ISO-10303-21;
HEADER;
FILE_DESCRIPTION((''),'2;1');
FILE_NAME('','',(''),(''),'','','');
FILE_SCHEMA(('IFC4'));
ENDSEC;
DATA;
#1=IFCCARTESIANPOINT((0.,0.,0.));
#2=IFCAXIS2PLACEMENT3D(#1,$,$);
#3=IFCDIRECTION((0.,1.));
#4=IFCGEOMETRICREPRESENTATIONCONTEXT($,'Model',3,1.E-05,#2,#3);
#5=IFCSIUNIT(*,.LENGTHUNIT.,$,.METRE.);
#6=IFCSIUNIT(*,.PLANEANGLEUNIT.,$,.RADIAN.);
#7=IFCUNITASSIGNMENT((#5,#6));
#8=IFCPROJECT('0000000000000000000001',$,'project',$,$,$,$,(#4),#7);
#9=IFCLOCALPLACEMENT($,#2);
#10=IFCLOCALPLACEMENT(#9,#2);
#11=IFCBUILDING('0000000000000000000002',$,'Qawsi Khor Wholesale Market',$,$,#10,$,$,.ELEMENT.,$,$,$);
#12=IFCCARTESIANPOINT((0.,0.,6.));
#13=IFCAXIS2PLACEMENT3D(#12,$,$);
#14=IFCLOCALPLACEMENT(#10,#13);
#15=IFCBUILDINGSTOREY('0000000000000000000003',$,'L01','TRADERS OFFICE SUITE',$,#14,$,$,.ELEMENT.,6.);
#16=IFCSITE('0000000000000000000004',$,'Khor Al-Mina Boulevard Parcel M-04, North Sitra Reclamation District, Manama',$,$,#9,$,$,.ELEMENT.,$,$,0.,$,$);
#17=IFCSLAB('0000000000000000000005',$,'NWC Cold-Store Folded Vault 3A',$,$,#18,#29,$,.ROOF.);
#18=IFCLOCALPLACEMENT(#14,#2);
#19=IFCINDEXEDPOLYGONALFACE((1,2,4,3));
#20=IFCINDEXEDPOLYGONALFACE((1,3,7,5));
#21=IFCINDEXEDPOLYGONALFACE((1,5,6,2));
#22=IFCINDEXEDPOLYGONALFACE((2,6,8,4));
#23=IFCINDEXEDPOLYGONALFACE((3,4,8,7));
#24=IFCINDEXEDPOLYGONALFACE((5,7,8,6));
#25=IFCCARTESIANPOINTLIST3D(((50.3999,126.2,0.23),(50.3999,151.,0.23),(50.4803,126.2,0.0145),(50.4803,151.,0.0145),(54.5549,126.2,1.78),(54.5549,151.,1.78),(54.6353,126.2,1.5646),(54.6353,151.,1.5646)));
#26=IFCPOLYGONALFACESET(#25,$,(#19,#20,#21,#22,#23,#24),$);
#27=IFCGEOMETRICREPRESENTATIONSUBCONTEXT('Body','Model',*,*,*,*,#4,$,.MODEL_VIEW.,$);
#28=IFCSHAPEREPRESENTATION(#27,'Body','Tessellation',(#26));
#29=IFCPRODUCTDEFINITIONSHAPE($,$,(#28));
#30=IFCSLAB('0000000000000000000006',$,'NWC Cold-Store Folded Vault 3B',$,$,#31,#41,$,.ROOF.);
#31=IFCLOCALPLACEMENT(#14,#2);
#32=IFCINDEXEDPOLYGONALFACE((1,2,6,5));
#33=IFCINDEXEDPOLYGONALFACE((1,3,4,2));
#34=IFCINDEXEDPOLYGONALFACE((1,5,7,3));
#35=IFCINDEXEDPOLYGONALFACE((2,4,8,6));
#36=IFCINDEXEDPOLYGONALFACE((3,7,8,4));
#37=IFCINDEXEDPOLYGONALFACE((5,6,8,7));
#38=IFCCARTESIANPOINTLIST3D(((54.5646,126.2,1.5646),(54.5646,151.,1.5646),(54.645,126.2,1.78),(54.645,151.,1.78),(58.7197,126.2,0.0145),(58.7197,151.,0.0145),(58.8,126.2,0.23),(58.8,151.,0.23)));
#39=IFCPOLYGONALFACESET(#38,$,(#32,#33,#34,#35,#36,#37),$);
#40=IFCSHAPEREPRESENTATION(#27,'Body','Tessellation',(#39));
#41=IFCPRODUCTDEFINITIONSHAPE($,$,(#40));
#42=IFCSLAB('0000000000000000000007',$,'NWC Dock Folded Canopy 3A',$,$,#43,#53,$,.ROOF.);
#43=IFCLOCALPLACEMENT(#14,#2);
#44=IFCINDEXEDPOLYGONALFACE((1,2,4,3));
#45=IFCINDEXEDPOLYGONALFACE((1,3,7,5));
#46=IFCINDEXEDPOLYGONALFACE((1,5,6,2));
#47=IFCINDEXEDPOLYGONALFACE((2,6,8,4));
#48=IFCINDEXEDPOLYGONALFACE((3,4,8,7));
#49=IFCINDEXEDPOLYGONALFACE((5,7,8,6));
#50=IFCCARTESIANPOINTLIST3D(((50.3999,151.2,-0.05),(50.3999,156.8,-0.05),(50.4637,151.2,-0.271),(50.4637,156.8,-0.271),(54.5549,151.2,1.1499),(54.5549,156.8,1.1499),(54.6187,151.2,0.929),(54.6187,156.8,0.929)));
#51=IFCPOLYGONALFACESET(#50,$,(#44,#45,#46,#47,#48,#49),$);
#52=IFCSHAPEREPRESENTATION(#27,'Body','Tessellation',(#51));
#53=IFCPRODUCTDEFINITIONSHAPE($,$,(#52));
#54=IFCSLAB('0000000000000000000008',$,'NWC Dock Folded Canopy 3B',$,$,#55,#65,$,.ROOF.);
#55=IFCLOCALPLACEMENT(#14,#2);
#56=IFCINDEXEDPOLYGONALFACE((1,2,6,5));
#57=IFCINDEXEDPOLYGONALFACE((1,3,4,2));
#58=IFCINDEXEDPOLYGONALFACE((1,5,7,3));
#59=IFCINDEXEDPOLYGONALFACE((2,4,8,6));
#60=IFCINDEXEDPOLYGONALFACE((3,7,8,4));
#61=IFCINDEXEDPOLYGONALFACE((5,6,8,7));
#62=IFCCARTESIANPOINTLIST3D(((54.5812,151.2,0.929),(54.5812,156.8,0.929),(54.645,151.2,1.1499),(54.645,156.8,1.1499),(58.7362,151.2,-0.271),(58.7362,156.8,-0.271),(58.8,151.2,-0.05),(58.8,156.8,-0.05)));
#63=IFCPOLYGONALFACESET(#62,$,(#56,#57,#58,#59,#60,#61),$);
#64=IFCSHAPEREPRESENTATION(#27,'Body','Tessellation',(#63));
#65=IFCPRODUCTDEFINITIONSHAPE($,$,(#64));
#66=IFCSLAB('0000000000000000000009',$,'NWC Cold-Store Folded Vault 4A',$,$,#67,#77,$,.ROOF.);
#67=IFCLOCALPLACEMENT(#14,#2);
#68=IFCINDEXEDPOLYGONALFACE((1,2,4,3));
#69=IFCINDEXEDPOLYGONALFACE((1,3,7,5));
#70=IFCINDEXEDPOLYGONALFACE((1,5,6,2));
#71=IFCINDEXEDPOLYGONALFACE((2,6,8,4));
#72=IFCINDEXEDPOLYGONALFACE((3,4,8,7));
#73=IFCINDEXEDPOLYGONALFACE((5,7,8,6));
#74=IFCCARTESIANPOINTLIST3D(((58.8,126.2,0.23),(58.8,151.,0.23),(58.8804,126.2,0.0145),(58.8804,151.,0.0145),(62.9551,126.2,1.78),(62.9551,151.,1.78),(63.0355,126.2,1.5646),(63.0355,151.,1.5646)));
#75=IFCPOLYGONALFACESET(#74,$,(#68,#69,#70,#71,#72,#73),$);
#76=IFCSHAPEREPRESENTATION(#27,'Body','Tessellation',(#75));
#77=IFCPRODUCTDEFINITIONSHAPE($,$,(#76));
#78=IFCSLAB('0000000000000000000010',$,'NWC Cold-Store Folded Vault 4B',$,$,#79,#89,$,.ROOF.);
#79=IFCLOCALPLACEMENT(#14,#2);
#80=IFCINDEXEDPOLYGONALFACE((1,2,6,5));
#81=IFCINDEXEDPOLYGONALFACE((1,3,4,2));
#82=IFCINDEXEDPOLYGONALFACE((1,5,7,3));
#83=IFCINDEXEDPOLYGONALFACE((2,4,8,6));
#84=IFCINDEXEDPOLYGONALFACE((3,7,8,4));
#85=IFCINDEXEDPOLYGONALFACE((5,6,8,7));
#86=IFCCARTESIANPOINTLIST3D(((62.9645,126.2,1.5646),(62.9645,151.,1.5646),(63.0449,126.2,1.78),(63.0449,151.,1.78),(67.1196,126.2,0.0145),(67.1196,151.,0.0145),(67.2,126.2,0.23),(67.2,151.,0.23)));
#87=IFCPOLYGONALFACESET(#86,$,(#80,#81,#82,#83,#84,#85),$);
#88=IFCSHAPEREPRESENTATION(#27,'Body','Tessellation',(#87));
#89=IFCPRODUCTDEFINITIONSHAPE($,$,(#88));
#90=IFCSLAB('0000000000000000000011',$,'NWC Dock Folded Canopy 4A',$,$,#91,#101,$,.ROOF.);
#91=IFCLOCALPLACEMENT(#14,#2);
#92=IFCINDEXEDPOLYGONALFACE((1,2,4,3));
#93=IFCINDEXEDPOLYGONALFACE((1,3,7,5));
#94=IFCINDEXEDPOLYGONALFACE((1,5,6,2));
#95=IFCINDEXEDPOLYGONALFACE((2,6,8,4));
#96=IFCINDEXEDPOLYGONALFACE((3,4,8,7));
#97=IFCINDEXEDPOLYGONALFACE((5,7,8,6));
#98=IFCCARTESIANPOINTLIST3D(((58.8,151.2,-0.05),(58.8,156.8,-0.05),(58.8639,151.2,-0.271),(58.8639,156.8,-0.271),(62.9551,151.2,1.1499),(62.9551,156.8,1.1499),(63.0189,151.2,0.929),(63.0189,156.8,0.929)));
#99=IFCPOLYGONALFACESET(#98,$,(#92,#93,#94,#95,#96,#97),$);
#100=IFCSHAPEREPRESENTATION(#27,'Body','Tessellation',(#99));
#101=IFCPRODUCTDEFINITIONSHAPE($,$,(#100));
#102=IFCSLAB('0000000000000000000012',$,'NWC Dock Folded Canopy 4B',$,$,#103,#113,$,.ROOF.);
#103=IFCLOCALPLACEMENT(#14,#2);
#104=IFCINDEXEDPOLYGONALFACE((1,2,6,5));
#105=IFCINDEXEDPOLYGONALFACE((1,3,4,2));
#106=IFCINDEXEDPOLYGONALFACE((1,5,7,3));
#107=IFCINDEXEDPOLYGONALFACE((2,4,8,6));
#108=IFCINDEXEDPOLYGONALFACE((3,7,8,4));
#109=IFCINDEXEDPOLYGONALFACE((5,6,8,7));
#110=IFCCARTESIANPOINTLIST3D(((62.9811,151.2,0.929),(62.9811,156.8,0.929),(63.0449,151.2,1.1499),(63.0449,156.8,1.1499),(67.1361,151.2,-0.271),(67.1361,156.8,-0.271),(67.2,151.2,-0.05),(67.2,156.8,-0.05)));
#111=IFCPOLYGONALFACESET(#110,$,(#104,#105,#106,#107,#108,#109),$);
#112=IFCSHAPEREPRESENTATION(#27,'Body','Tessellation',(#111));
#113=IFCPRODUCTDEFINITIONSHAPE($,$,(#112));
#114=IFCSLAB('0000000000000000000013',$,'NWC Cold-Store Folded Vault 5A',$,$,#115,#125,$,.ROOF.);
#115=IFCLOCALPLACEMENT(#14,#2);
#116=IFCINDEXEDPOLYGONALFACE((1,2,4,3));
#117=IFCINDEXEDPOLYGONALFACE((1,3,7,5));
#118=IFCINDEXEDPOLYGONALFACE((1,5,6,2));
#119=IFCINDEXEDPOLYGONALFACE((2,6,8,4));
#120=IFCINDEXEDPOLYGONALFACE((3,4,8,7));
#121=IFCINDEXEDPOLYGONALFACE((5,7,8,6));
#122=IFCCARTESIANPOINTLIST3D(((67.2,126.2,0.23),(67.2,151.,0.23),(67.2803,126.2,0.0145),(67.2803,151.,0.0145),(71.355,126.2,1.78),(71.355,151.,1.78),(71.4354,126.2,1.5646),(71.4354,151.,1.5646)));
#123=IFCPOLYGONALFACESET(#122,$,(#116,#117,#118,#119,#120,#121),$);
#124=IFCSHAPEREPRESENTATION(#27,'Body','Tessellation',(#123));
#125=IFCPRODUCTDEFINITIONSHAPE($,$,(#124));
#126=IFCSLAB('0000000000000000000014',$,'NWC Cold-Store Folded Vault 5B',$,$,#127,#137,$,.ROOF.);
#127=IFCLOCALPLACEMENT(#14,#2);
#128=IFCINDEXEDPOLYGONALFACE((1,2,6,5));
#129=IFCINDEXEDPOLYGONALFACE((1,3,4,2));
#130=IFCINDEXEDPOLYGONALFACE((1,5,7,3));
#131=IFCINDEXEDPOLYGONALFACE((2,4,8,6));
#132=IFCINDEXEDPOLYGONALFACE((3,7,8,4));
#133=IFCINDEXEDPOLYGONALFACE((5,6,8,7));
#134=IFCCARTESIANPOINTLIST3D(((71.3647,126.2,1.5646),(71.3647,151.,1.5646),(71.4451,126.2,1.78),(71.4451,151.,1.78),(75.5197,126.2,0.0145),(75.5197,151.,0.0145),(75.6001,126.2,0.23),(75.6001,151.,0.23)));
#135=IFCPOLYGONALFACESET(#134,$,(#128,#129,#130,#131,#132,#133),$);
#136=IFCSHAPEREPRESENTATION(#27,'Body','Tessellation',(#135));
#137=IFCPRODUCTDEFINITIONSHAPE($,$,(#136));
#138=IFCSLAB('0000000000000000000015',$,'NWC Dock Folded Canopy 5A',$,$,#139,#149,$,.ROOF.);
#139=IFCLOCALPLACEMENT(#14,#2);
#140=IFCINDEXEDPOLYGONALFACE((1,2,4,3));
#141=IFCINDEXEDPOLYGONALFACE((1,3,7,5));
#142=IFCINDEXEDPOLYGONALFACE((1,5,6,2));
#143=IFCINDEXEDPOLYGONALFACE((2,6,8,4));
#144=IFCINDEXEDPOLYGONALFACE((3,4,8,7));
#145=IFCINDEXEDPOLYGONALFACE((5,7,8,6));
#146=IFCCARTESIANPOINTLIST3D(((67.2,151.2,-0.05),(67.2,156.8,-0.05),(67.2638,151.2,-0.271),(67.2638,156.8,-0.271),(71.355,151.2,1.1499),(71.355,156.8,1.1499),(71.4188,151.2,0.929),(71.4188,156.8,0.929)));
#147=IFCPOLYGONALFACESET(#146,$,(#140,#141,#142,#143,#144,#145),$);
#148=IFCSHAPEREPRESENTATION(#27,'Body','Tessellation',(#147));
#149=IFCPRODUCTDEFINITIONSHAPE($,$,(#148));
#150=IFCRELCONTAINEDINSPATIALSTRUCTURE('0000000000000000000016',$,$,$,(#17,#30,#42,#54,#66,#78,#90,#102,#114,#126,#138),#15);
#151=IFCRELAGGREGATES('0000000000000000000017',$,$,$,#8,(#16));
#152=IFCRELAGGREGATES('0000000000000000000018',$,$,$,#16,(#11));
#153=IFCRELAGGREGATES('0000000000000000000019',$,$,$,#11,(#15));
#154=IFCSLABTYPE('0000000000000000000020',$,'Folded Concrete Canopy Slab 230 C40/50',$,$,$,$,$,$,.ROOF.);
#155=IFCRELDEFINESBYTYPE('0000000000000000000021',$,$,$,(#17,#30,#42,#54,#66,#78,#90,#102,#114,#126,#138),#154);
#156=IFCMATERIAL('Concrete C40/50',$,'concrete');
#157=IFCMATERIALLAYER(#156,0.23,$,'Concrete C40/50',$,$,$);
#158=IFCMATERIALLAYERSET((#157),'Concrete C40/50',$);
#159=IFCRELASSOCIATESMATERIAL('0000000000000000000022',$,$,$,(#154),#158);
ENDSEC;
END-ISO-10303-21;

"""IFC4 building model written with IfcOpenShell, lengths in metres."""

from ifc_helpers import new_model, si_unit, direction, frame, origin, place, context, subcontext, project, spatial, polyline, outline, extrude, material, layer, layer_set, type_object, element, save


model = new_model("IFC4")

# Units and contexts
model_context = context("Model", 3, precision=1e-05, world=origin(), true_north=direction((0.0, 1.0)))
body_context = subcontext(model_context, "Body", "Model", "MODEL_VIEW")
ifc_project = project(units=[si_unit("LENGTHUNIT", "METRE"), si_unit("PLANEANGLEUNIT", "RADIAN")], contexts=[model_context])

# Site, building, storey
site_placement = place(None, origin())
site = spatial("IfcSite", under=ifc_project, at=site_placement, Name="Khor Al-Mina Boulevard Parcel M-04, North Sitra Reclamation District, Manama", CompositionType="ELEMENT", RefElevation=0.0)
building_placement = place(site_placement, origin())
building = spatial("IfcBuilding", under=site, at=building_placement, Name="Qawsi Khor Wholesale Market", CompositionType="ELEMENT")
storey_placement = place(building_placement, frame((0.0, 0.0, 6.0)))
storey = spatial("IfcBuildingStorey", under=building, at=storey_placement, Name="L01", Description="TRADERS OFFICE SUITE", CompositionType="ELEMENT", Elevation=6.0)

# Slabs
ifc_material_1 = material(Name="Concrete C40/50", Category="concrete")
ifc_layer = layer(ifc_material_1, 0.23, Name="Concrete C40/50")
ifc_layer_set = layer_set([ifc_layer], Name="Concrete C40/50")
slab_type = type_object("IfcSlabType", Name="Folded Concrete Canopy Slab 230 C40/50", PredefinedType="ROOF", material=ifc_layer_set)
for number, where, z_axis, x_axis, name in (
    (1, (50.3999, 126.2, 0.23), (-0.349524, 0.0, 0.936927), (0.936927, 0.0, 0.349524), "NWC Cold-Store Folded Vault 3A"),
    (2, (54.645, 126.2, 1.78), (0.349524, 0.0, 0.936927), (0.936927, 0.0, -0.349524), "NWC Cold-Store Folded Vault 3B"),
):
    element("IfcSlab", number, at=place(storey_placement, frame(where, z_axis=z_axis, x_axis=x_axis)), inside=storey, type_object=slab_type, Name=name, PredefinedType="ROOF", context=body_context, shape_type="SweptSolid", body=[
        extrude(outline(polyline([(0.0, 0.0), (4.4347, 0.0), (4.4347, 24.8), (0.0, 24.8), (0.0, 0.0)])), origin(), (0.0, 0.0, -1.0), 0.23),
    ])
for number, where, z_axis, x_axis, name in (
    (3, (50.3999, 151.2, -0.05), (-0.277456, 0.0, 0.960738), (0.960738, 0.0, 0.277456), "NWC Dock Folded Canopy 3A"),
    (4, (54.645, 151.2, 1.1499), (0.277456, 0.0, 0.960738), (0.960738, 0.0, -0.277456), "NWC Dock Folded Canopy 3B"),
):
    element("IfcSlab", number, at=place(storey_placement, frame(where, z_axis=z_axis, x_axis=x_axis)), inside=storey, type_object=slab_type, Name=name, PredefinedType="ROOF", context=body_context, shape_type="SweptSolid", body=[
        extrude(outline(polyline([(0.0, 0.0), (4.3248, 0.0), (4.3248, 5.6001), (0.0, 5.6001), (0.0, 0.0)])), origin(), (0.0, 0.0, -1.0), 0.23),
    ])
for number, where, z_axis, x_axis, name in (
    (5, (58.8, 126.2, 0.23), (-0.349524, 0.0, 0.936927), (0.936927, 0.0, 0.349524), "NWC Cold-Store Folded Vault 4A"),
    (6, (63.0449, 126.2, 1.78), (0.349524, 0.0, 0.936927), (0.936927, 0.0, -0.349524), "NWC Cold-Store Folded Vault 4B"),
):
    element("IfcSlab", number, at=place(storey_placement, frame(where, z_axis=z_axis, x_axis=x_axis)), inside=storey, type_object=slab_type, Name=name, PredefinedType="ROOF", context=body_context, shape_type="SweptSolid", body=[
        extrude(outline(polyline([(0.0, 0.0), (4.4347, 0.0), (4.4347, 24.8), (0.0, 24.8), (0.0, 0.0)])), origin(), (0.0, 0.0, -1.0), 0.23),
    ])
for number, where, z_axis, x_axis, name in (
    (7, (58.8, 151.2, -0.05), (-0.277456, 0.0, 0.960738), (0.960738, 0.0, 0.277456), "NWC Dock Folded Canopy 4A"),
    (8, (63.0449, 151.2, 1.1499), (0.277456, 0.0, 0.960738), (0.960738, 0.0, -0.277456), "NWC Dock Folded Canopy 4B"),
):
    element("IfcSlab", number, at=place(storey_placement, frame(where, z_axis=z_axis, x_axis=x_axis)), inside=storey, type_object=slab_type, Name=name, PredefinedType="ROOF", context=body_context, shape_type="SweptSolid", body=[
        extrude(outline(polyline([(0.0, 0.0), (4.3248, 0.0), (4.3248, 5.6001), (0.0, 5.6001), (0.0, 0.0)])), origin(), (0.0, 0.0, -1.0), 0.23),
    ])
for number, where, z_axis, x_axis, name in (
    (9, (67.2, 126.2, 0.23), (-0.349524, 0.0, 0.936927), (0.936927, 0.0, 0.349524), "NWC Cold-Store Folded Vault 5A"),
    (10, (71.4451, 126.2, 1.78), (0.349524, 0.0, 0.936927), (0.936927, 0.0, -0.349524), "NWC Cold-Store Folded Vault 5B"),
):
    element("IfcSlab", number, at=place(storey_placement, frame(where, z_axis=z_axis, x_axis=x_axis)), inside=storey, type_object=slab_type, Name=name, PredefinedType="ROOF", context=body_context, shape_type="SweptSolid", body=[
        extrude(outline(polyline([(0.0, 0.0), (4.4347, 0.0), (4.4347, 24.8), (0.0, 24.8), (0.0, 0.0)])), origin(), (0.0, 0.0, -1.0), 0.23),
    ])
slab_1_placement = place(storey_placement, frame((67.2, 151.2, -0.05), z_axis=(-0.277456, 0.0, 0.960738), x_axis=(0.960738, 0.0, 0.277456)))
element("IfcSlab", 11, at=slab_1_placement, inside=storey, type_object=slab_type, Name="NWC Dock Folded Canopy 5A", PredefinedType="ROOF", context=body_context, shape_type="SweptSolid", body=[
    extrude(outline(polyline([(0.0, 0.0), (4.3248, 0.0), (4.3248, 5.6001), (0.0, 5.6001), (0.0, 0.0)])), origin(), (0.0, 0.0, -1.0), 0.23),
])

save(model, "model.ifc")
